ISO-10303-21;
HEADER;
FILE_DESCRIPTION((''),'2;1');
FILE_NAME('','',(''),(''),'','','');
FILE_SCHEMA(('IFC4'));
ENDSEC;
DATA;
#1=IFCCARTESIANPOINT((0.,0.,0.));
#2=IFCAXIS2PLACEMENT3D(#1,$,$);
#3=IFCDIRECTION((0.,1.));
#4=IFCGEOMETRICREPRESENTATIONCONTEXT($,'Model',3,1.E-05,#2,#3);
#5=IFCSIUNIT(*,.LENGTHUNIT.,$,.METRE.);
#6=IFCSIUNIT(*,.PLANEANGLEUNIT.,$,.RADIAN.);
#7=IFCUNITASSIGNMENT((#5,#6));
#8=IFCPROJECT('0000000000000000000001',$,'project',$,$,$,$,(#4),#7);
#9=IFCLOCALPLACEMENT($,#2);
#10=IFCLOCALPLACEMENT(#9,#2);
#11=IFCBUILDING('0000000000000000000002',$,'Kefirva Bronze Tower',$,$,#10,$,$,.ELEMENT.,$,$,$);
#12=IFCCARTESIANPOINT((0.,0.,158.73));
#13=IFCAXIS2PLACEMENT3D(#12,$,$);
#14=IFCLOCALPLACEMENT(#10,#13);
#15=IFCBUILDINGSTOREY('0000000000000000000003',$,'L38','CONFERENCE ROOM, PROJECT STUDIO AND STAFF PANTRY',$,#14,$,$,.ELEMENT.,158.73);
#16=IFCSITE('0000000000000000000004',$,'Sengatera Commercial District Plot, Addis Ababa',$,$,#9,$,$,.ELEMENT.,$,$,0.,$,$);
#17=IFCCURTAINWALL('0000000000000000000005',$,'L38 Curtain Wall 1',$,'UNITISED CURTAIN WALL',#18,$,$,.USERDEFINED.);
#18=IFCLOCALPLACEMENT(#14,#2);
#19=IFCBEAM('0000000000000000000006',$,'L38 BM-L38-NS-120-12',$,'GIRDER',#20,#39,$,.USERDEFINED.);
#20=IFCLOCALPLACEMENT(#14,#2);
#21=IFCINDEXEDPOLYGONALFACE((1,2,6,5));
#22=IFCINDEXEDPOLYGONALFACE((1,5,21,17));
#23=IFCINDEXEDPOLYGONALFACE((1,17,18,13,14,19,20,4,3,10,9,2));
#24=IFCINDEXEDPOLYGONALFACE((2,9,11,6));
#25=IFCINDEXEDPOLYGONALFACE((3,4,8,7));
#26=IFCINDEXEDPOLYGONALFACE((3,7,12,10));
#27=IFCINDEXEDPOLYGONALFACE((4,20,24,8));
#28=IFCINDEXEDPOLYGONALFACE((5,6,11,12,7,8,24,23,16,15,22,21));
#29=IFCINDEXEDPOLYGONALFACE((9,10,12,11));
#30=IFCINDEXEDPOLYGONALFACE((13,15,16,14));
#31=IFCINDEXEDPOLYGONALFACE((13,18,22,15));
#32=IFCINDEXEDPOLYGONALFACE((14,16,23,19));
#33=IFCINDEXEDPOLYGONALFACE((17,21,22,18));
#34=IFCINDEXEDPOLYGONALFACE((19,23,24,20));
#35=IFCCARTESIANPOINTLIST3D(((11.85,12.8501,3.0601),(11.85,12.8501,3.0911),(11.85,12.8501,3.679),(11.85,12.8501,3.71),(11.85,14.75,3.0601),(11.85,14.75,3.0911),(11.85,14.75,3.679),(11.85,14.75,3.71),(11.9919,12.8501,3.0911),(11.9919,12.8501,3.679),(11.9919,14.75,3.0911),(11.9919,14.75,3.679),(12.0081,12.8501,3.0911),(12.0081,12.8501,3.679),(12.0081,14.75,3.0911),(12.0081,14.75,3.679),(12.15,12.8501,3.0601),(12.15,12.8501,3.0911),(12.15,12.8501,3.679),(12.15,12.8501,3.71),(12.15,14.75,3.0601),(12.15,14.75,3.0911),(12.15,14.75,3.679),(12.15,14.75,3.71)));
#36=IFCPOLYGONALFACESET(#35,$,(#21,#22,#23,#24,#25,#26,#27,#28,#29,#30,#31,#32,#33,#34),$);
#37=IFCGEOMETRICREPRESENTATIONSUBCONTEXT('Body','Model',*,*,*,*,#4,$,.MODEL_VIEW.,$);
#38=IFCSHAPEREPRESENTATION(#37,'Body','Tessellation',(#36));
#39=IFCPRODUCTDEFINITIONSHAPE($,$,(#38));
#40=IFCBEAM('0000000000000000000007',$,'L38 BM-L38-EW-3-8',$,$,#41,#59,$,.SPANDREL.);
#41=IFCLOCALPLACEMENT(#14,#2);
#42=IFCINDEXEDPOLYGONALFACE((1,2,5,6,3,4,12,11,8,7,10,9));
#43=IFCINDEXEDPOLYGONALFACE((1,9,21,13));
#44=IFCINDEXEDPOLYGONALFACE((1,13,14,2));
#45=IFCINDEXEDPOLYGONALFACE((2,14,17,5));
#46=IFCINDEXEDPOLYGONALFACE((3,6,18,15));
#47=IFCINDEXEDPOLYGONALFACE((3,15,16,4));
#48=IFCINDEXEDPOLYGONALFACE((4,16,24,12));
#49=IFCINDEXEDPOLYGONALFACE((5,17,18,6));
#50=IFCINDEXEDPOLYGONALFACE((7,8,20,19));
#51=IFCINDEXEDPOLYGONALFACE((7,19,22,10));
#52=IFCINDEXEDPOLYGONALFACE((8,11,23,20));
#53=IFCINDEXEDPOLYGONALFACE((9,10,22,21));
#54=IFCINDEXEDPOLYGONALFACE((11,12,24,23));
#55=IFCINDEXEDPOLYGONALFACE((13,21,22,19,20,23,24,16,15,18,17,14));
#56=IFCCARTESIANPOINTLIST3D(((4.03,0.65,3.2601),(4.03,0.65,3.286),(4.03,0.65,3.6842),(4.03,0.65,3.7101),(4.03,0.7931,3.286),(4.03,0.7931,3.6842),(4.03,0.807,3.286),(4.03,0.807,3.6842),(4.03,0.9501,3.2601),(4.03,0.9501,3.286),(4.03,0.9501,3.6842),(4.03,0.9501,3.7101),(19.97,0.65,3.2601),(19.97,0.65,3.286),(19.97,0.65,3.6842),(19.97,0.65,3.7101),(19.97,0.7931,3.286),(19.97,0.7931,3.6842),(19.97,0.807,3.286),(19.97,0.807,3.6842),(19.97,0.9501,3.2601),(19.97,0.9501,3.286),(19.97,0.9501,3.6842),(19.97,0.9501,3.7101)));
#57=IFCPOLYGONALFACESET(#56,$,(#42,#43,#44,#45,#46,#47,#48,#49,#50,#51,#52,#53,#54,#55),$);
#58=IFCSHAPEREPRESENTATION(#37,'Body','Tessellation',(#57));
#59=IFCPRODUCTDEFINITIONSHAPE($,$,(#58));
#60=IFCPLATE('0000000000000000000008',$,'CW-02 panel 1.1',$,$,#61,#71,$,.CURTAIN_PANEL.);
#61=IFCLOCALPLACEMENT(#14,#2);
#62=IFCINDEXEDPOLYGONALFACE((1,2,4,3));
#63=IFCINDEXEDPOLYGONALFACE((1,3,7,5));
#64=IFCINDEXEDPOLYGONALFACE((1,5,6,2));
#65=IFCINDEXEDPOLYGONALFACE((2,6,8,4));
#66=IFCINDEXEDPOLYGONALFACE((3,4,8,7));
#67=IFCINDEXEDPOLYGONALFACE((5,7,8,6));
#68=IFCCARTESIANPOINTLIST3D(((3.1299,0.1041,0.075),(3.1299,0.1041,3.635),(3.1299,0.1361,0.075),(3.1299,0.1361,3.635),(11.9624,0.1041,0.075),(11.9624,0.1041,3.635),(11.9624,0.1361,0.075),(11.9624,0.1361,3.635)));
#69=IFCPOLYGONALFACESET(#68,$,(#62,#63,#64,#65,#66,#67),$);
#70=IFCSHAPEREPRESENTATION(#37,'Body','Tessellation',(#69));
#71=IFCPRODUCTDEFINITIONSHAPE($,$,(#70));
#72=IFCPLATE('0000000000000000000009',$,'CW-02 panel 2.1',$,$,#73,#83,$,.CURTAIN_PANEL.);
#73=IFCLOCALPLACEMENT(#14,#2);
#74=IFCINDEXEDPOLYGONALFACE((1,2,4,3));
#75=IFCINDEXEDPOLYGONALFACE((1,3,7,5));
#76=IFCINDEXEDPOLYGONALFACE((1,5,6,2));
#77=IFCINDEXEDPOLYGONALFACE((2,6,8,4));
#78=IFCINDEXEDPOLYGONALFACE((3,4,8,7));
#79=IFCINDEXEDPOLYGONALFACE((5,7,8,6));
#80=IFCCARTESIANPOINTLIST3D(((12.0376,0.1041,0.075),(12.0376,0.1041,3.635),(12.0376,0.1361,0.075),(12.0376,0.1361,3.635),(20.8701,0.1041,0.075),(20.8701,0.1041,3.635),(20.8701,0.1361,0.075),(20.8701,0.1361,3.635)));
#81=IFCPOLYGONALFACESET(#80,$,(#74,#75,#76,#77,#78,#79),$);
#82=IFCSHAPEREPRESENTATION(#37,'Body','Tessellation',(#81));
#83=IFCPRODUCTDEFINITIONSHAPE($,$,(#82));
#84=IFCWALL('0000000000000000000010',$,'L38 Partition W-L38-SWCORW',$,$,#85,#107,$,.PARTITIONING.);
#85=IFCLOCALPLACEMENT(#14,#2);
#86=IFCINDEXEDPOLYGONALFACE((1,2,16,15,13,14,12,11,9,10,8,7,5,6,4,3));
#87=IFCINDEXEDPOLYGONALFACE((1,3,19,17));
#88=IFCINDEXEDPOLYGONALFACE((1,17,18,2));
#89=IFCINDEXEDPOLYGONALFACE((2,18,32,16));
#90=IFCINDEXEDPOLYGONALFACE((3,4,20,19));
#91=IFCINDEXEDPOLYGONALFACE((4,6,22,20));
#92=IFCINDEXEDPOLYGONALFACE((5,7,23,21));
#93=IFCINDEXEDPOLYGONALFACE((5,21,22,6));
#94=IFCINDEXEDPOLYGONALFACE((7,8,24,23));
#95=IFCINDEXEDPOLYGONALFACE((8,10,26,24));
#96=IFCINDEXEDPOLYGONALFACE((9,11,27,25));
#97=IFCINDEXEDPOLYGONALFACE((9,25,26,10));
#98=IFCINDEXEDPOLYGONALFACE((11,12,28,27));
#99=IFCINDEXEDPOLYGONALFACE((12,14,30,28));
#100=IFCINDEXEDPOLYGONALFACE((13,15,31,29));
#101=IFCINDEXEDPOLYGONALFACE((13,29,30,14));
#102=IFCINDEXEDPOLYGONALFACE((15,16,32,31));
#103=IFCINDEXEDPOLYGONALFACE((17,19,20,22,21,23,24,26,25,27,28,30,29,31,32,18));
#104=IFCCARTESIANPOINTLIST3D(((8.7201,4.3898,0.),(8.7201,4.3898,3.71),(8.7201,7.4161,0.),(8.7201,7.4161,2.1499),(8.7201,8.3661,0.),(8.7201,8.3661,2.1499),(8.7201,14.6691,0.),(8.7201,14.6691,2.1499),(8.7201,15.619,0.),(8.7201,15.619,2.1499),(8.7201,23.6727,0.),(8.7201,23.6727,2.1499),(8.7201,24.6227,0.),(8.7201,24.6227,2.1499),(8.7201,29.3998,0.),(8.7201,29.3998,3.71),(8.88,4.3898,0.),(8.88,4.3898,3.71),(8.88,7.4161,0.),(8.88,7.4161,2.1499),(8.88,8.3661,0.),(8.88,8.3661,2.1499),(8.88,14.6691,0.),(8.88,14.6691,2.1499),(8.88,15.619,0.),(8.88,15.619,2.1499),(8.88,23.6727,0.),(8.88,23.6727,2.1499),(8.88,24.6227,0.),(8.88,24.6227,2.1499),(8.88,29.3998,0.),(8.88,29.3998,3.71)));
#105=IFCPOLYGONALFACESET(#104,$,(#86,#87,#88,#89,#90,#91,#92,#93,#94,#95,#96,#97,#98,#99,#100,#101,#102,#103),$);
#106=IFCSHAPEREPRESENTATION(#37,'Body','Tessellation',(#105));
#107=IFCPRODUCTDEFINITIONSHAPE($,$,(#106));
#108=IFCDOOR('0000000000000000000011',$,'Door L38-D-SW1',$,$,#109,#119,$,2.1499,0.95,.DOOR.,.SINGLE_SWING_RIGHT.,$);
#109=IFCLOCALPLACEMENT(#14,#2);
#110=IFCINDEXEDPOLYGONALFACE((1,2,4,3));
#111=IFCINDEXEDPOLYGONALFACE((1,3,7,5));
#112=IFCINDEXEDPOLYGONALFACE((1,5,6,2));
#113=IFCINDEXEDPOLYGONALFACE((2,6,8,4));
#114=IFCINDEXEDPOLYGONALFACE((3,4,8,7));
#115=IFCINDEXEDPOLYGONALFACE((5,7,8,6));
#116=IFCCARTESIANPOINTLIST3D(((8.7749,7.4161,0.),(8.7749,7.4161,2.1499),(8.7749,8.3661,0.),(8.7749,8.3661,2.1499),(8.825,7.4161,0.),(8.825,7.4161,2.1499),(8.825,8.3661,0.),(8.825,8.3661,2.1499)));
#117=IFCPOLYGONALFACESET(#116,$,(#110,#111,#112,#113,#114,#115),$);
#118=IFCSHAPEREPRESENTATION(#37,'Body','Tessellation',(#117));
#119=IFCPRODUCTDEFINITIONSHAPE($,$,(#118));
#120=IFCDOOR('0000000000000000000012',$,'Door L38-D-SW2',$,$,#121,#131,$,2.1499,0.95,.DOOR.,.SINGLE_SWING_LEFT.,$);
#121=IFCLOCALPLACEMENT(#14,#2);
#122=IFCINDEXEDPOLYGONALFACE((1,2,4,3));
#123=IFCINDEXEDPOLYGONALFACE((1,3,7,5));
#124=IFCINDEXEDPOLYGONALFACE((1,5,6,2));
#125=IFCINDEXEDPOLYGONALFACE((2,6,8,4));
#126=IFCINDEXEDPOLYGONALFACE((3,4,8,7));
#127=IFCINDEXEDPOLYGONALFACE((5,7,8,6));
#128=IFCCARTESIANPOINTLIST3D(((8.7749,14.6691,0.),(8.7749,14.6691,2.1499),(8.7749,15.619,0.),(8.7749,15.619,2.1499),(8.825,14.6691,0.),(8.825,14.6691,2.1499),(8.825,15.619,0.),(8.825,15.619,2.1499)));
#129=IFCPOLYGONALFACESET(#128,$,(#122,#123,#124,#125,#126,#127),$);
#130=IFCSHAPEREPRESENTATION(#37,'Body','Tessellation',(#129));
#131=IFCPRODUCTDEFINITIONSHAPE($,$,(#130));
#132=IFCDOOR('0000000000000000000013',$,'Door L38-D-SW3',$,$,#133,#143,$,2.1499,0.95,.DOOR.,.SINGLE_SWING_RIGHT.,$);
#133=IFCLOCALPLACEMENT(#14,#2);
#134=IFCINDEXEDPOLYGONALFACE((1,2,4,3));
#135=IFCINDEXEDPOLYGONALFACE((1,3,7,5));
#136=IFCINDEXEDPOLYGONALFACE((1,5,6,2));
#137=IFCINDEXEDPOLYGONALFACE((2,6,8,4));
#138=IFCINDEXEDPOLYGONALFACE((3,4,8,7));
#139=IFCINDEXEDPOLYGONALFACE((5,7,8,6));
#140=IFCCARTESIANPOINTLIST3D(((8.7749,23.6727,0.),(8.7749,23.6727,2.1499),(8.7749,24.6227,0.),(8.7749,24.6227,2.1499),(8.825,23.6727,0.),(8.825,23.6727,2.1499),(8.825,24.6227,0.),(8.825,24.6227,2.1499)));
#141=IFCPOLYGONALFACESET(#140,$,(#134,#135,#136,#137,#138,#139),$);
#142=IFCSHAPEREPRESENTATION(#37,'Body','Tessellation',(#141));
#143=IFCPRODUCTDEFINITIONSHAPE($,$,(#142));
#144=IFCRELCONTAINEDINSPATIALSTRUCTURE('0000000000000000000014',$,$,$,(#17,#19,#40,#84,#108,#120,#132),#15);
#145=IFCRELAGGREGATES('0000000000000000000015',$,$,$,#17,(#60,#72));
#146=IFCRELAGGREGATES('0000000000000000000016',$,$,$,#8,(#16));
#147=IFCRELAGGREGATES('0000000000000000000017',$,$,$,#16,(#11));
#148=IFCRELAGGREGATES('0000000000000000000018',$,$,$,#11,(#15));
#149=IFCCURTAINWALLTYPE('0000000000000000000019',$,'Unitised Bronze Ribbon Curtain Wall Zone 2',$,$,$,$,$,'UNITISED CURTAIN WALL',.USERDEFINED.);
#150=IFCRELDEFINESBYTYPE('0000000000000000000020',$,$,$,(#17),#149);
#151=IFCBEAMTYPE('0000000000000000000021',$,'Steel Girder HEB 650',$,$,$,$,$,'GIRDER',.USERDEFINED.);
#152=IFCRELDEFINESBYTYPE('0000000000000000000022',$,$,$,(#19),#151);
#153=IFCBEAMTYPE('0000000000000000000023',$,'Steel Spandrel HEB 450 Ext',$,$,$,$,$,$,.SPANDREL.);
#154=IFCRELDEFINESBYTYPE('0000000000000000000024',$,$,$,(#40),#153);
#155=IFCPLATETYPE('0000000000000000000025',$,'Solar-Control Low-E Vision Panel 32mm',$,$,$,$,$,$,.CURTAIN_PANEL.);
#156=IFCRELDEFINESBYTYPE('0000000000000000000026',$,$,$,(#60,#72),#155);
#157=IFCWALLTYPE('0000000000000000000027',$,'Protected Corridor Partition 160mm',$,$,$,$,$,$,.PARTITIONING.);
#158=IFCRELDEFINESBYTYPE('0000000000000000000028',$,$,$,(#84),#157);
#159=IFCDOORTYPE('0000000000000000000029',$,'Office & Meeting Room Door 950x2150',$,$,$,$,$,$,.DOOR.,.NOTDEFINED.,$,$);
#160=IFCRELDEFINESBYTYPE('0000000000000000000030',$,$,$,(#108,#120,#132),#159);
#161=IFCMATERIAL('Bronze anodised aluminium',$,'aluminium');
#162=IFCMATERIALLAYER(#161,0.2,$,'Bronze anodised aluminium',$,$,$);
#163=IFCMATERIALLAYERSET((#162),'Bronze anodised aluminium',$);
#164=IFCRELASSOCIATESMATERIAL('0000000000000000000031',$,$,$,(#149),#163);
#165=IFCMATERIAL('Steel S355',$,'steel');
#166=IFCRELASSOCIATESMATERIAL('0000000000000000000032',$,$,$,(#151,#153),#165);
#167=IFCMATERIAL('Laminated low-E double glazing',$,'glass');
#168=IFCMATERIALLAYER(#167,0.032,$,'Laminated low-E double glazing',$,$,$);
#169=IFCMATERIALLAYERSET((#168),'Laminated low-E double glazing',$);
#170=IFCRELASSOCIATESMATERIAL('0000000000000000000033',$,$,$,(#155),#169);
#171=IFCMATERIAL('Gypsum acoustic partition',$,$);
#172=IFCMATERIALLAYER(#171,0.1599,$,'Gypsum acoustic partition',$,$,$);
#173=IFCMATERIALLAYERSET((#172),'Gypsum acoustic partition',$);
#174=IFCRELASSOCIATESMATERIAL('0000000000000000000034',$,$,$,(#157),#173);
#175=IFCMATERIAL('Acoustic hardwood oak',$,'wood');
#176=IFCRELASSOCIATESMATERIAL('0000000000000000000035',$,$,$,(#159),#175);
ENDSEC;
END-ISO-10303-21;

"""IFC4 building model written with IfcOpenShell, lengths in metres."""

from ifc_helpers import new_model, si_unit, direction, frame, frame_2d, origin, origin_2d, place, context, subcontext, project, spatial, rectangle, i_section, extrude, material, layer, layer_set, material_profile, profile_set, type_object, element, fill, aggregate, save


model = new_model("IFC4")

# Units and contexts
model_context = context("Model", 3, precision=1e-05, world=origin(), true_north=direction((0.0, 1.0)))
body_context = subcontext(model_context, "Body", "Model", "MODEL_VIEW")
ifc_project = project(units=[si_unit("LENGTHUNIT", "METRE"), si_unit("PLANEANGLEUNIT", "RADIAN")], contexts=[model_context])

# Site, building, storey
site_placement = place(None, origin())
site = spatial("IfcSite", under=ifc_project, at=site_placement, Name="Sengatera Commercial District Plot, Addis Ababa", CompositionType="ELEMENT", RefElevation=0.0)
building_placement = place(site_placement, origin())
building = spatial("IfcBuilding", under=site, at=building_placement, Name="Kefirva Bronze Tower", CompositionType="ELEMENT")
storey_placement = place(building_placement, frame((0.0, 0.0, 158.73)))
storey = spatial("IfcBuildingStorey", under=building, at=storey_placement, Name="L38", Description="CONFERENCE ROOM, PROJECT STUDIO AND STAFF PANTRY", CompositionType="ELEMENT", Elevation=158.73)

# Curtain wall
ifc_material_1 = material(Name="Bronze anodised aluminium", Category="aluminium")
ifc_layer_1 = layer(ifc_material_1, 0.2, Name="Bronze anodised aluminium")
ifc_layer_set_1 = layer_set([ifc_layer_1], Name="Bronze anodised aluminium")
curtain_wall_type = type_object("IfcCurtainWallType", Name="Unitised Bronze Ribbon Curtain Wall Zone 2", ElementType="UNITISED CURTAIN WALL", PredefinedType="USERDEFINED", material=ifc_layer_set_1)
curtain_wall_placement = place(storey_placement, origin())
curtain_wall = element("IfcCurtainWall", 1, at=curtain_wall_placement, inside=storey, type_object=curtain_wall_type, Name="L38 Curtain Wall 1", ObjectType="UNITISED CURTAIN WALL", PredefinedType="USERDEFINED")

# Beams
ifc_material_2 = material(Name="Steel S355", Category="steel")
ifc_material_profile_1 = material_profile(ifc_material_2, i_section(OverallWidth=0.3, OverallDepth=0.6499, WebThickness=0.0161, FlangeThickness=0.031, at=origin_2d()), Name="HEB 650")
ifc_profile_set_1 = profile_set([ifc_material_profile_1], Name="Steel S355")
beam_type_1 = type_object("IfcBeamType", Name="Steel Girder HEB 650", ElementType="GIRDER", PredefinedType="USERDEFINED", material=ifc_profile_set_1)
beam_1_placement = place(storey_placement, frame((12.0, 12.8501, 3.385), z_axis=(0.0, 1.0, 0.0), x_axis=(-1.0, 0.0, 0.0)))
element("IfcBeam", 2, at=beam_1_placement, inside=storey, type_object=beam_type_1, Name="L38 BM-L38-NS-120-12", ObjectType="GIRDER", PredefinedType="USERDEFINED", context=body_context, shape_type="SweptSolid", body=[
    extrude(i_section(OverallWidth=0.3, OverallDepth=0.6499, WebThickness=0.0161, FlangeThickness=0.031, at=origin_2d()), origin(), (0.0, 0.0, 1.0), 1.8999),
])
ifc_material_profile_2 = material_profile(ifc_material_2, i_section(OverallWidth=0.3, OverallDepth=0.45, WebThickness=0.0139, FlangeThickness=0.0259, at=origin_2d()), Name="HEB 450")
ifc_profile_set_2 = profile_set([ifc_material_profile_2], Name="Steel S355")
beam_type_2 = type_object("IfcBeamType", Name="Steel Spandrel HEB 450 Ext", PredefinedType="SPANDREL", material=ifc_profile_set_2)
beam_2_placement = place(storey_placement, frame((4.03, 0.8, 3.4851), z_axis=(1.0, 0.0, 0.0), x_axis=(0.0, 1.0, 0.0)))
element("IfcBeam", 3, at=beam_2_placement, inside=storey, type_object=beam_type_2, Name="L38 BM-L38-EW-3-8", PredefinedType="SPANDREL", context=body_context, shape_type="SweptSolid", body=[
    extrude(i_section(OverallWidth=0.3, OverallDepth=0.45, WebThickness=0.0139, FlangeThickness=0.0259, at=origin_2d()), origin(), (0.0, 0.0, 1.0), 15.9399),
])

# Plates
ifc_material_3 = material(Name="Laminated low-E double glazing", Category="glass")
ifc_layer_2 = layer(ifc_material_3, 0.032, Name="Laminated low-E double glazing")
ifc_layer_set_2 = layer_set([ifc_layer_2], Name="Laminated low-E double glazing")
plate_type = type_object("IfcPlateType", Name="Solar-Control Low-E Vision Panel 32mm", PredefinedType="CURTAIN_PANEL", material=ifc_layer_set_2)
plate_1_placement = place(storey_placement, frame((7.5461, 0.1201, 0.075), z_axis=(0.0, 0.0, 1.0), x_axis=(1.0, 0.0, 0.0)))
plate_1 = element("IfcPlate", 4, at=plate_1_placement, type_object=plate_type, Name="CW-02 panel 1.1", PredefinedType="CURTAIN_PANEL", context=body_context, shape_type="SweptSolid", body=[
    extrude(rectangle(XDim=8.8325, YDim=0.032, at=origin_2d()), origin(), (0.0, 0.0, 1.0), 3.5601),
])
plate_2_placement = place(storey_placement, frame((16.4539, 0.1201, 0.075), z_axis=(0.0, 0.0, 1.0), x_axis=(1.0, 0.0, 0.0)))
plate_2 = element("IfcPlate", 5, at=plate_2_placement, type_object=plate_type, Name="CW-02 panel 2.1", PredefinedType="CURTAIN_PANEL", context=body_context, shape_type="SweptSolid", body=[
    extrude(rectangle(XDim=8.8325, YDim=0.032, at=origin_2d()), origin(), (0.0, 0.0, 1.0), 3.5601),
])
aggregate(curtain_wall, [plate_1, plate_2])

# Wall, openings, doors
ifc_material_4 = material(Name="Gypsum acoustic partition")
ifc_layer_3 = layer(ifc_material_4, 0.1599, Name="Gypsum acoustic partition")
ifc_layer_set_3 = layer_set([ifc_layer_3], Name="Gypsum acoustic partition")
wall_type = type_object("IfcWallType", Name="Protected Corridor Partition 160mm", PredefinedType="PARTITIONING", material=ifc_layer_set_3)
wall_1_placement = place(storey_placement, frame((8.8, 4.3899, 0.0), z_axis=(0.0, 0.0, 1.0), x_axis=(0.0, 1.0, 0.0)))
wall_1 = element("IfcWall", 6, at=wall_1_placement, inside=storey, type_object=wall_type, Name="L38 Partition W-L38-SWCORW", PredefinedType="PARTITIONING", context=body_context, shape_type="SweptSolid", body=[
    extrude(rectangle(XDim=25.01, YDim=0.1599, at=frame_2d((12.5049, 0.0))), origin(), (0.0, 0.0, 1.0), 3.71),
])
opening_1_placement = place(wall_1_placement, frame((3.9763, 0.0, 0.0), z_axis=(0.0, 0.0, 1.0), x_axis=(-1.0, 0.0, 0.0)))
opening_1 = element("IfcOpeningElement", 7, at=opening_1_placement, cuts=wall_1, PredefinedType="OPENING", context=body_context, shape_type="SweptSolid", body=[
    extrude(rectangle(XDim=0.95, YDim=2.1499, at=frame_2d((0.4751, 1.075))), frame((0.0, 0.0898, 0.0), z_axis=(0.0, -1.0, 0.0), x_axis=(1.0, 0.0, 0.0)), (0.0, 0.0, 1.0), 0.1799),
])
opening_2_placement = place(wall_1_placement, frame((11.2292, 0.0, 0.0), z_axis=(0.0, 0.0, 1.0), x_axis=(-1.0, 0.0, 0.0)))
opening_2 = element("IfcOpeningElement", 8, at=opening_2_placement, cuts=wall_1, PredefinedType="OPENING", context=body_context, shape_type="SweptSolid", body=[
    extrude(rectangle(XDim=0.95, YDim=2.1499, at=frame_2d((0.4751, 1.075))), frame((0.0, 0.0898, 0.0), z_axis=(0.0, -1.0, 0.0), x_axis=(1.0, 0.0, 0.0)), (0.0, 0.0, 1.0), 0.1799),
])
opening_3_placement = place(wall_1_placement, frame((20.2329, 0.0, 0.0), z_axis=(0.0, 0.0, 1.0), x_axis=(-1.0, 0.0, 0.0)))
opening_3 = element("IfcOpeningElement", 9, at=opening_3_placement, cuts=wall_1, PredefinedType="OPENING", context=body_context, shape_type="SweptSolid", body=[
    extrude(rectangle(XDim=0.95, YDim=2.1499, at=frame_2d((0.4751, 1.075))), frame((0.0, 0.0898, 0.0), z_axis=(0.0, -1.0, 0.0), x_axis=(1.0, 0.0, 0.0)), (0.0, 0.0, 1.0), 0.1799),
])
ifc_material_5 = material(Name="Acoustic hardwood oak", Category="wood")
door_type = type_object("IfcDoorType", Name="Office & Meeting Room Door 950x2150", OperationType="NOTDEFINED", PredefinedType="DOOR", material=ifc_material_5)
door_1_placement = place(opening_1_placement, origin())
door_1 = element("IfcDoor", 10, at=door_1_placement, inside=storey, type_object=door_type, Name="Door L38-D-SW1", OperationType="SINGLE_SWING_RIGHT", OverallHeight=2.1499, OverallWidth=0.95, PredefinedType="DOOR", context=body_context, shape_type="SweptSolid", body=[
    extrude(rectangle(XDim=0.95, YDim=2.1499, at=frame_2d((0.4751, 1.075))), frame((0.0, 0.0249, 0.0), z_axis=(0.0, -1.0, 0.0), x_axis=(1.0, 0.0, 0.0)), (0.0, 0.0, 1.0), 0.05),
])
fill(opening_1, door_1)
door_2_placement = place(opening_2_placement, origin())
door_2 = element("IfcDoor", 11, at=door_2_placement, inside=storey, type_object=door_type, Name="Door L38-D-SW2", OperationType="SINGLE_SWING_LEFT", OverallHeight=2.1499, OverallWidth=0.95, PredefinedType="DOOR", context=body_context, shape_type="SweptSolid", body=[
    extrude(rectangle(XDim=0.95, YDim=2.1499, at=frame_2d((0.4751, 1.075))), frame((0.0, 0.0249, 0.0), z_axis=(0.0, -1.0, 0.0), x_axis=(1.0, 0.0, 0.0)), (0.0, 0.0, 1.0), 0.05),
])
fill(opening_2, door_2)
door_3_placement = place(opening_3_placement, origin())
door_3 = element("IfcDoor", 12, at=door_3_placement, inside=storey, type_object=door_type, Name="Door L38-D-SW3", OperationType="SINGLE_SWING_RIGHT", OverallHeight=2.1499, OverallWidth=0.95, PredefinedType="DOOR", context=body_context, shape_type="SweptSolid", body=[
    extrude(rectangle(XDim=0.95, YDim=2.1499, at=frame_2d((0.4751, 1.075))), frame((0.0, 0.0249, 0.0), z_axis=(0.0, -1.0, 0.0), x_axis=(1.0, 0.0, 0.0)), (0.0, 0.0, 1.0), 0.05),
])
fill(opening_3, door_3)

save(model, "model.ifc")
